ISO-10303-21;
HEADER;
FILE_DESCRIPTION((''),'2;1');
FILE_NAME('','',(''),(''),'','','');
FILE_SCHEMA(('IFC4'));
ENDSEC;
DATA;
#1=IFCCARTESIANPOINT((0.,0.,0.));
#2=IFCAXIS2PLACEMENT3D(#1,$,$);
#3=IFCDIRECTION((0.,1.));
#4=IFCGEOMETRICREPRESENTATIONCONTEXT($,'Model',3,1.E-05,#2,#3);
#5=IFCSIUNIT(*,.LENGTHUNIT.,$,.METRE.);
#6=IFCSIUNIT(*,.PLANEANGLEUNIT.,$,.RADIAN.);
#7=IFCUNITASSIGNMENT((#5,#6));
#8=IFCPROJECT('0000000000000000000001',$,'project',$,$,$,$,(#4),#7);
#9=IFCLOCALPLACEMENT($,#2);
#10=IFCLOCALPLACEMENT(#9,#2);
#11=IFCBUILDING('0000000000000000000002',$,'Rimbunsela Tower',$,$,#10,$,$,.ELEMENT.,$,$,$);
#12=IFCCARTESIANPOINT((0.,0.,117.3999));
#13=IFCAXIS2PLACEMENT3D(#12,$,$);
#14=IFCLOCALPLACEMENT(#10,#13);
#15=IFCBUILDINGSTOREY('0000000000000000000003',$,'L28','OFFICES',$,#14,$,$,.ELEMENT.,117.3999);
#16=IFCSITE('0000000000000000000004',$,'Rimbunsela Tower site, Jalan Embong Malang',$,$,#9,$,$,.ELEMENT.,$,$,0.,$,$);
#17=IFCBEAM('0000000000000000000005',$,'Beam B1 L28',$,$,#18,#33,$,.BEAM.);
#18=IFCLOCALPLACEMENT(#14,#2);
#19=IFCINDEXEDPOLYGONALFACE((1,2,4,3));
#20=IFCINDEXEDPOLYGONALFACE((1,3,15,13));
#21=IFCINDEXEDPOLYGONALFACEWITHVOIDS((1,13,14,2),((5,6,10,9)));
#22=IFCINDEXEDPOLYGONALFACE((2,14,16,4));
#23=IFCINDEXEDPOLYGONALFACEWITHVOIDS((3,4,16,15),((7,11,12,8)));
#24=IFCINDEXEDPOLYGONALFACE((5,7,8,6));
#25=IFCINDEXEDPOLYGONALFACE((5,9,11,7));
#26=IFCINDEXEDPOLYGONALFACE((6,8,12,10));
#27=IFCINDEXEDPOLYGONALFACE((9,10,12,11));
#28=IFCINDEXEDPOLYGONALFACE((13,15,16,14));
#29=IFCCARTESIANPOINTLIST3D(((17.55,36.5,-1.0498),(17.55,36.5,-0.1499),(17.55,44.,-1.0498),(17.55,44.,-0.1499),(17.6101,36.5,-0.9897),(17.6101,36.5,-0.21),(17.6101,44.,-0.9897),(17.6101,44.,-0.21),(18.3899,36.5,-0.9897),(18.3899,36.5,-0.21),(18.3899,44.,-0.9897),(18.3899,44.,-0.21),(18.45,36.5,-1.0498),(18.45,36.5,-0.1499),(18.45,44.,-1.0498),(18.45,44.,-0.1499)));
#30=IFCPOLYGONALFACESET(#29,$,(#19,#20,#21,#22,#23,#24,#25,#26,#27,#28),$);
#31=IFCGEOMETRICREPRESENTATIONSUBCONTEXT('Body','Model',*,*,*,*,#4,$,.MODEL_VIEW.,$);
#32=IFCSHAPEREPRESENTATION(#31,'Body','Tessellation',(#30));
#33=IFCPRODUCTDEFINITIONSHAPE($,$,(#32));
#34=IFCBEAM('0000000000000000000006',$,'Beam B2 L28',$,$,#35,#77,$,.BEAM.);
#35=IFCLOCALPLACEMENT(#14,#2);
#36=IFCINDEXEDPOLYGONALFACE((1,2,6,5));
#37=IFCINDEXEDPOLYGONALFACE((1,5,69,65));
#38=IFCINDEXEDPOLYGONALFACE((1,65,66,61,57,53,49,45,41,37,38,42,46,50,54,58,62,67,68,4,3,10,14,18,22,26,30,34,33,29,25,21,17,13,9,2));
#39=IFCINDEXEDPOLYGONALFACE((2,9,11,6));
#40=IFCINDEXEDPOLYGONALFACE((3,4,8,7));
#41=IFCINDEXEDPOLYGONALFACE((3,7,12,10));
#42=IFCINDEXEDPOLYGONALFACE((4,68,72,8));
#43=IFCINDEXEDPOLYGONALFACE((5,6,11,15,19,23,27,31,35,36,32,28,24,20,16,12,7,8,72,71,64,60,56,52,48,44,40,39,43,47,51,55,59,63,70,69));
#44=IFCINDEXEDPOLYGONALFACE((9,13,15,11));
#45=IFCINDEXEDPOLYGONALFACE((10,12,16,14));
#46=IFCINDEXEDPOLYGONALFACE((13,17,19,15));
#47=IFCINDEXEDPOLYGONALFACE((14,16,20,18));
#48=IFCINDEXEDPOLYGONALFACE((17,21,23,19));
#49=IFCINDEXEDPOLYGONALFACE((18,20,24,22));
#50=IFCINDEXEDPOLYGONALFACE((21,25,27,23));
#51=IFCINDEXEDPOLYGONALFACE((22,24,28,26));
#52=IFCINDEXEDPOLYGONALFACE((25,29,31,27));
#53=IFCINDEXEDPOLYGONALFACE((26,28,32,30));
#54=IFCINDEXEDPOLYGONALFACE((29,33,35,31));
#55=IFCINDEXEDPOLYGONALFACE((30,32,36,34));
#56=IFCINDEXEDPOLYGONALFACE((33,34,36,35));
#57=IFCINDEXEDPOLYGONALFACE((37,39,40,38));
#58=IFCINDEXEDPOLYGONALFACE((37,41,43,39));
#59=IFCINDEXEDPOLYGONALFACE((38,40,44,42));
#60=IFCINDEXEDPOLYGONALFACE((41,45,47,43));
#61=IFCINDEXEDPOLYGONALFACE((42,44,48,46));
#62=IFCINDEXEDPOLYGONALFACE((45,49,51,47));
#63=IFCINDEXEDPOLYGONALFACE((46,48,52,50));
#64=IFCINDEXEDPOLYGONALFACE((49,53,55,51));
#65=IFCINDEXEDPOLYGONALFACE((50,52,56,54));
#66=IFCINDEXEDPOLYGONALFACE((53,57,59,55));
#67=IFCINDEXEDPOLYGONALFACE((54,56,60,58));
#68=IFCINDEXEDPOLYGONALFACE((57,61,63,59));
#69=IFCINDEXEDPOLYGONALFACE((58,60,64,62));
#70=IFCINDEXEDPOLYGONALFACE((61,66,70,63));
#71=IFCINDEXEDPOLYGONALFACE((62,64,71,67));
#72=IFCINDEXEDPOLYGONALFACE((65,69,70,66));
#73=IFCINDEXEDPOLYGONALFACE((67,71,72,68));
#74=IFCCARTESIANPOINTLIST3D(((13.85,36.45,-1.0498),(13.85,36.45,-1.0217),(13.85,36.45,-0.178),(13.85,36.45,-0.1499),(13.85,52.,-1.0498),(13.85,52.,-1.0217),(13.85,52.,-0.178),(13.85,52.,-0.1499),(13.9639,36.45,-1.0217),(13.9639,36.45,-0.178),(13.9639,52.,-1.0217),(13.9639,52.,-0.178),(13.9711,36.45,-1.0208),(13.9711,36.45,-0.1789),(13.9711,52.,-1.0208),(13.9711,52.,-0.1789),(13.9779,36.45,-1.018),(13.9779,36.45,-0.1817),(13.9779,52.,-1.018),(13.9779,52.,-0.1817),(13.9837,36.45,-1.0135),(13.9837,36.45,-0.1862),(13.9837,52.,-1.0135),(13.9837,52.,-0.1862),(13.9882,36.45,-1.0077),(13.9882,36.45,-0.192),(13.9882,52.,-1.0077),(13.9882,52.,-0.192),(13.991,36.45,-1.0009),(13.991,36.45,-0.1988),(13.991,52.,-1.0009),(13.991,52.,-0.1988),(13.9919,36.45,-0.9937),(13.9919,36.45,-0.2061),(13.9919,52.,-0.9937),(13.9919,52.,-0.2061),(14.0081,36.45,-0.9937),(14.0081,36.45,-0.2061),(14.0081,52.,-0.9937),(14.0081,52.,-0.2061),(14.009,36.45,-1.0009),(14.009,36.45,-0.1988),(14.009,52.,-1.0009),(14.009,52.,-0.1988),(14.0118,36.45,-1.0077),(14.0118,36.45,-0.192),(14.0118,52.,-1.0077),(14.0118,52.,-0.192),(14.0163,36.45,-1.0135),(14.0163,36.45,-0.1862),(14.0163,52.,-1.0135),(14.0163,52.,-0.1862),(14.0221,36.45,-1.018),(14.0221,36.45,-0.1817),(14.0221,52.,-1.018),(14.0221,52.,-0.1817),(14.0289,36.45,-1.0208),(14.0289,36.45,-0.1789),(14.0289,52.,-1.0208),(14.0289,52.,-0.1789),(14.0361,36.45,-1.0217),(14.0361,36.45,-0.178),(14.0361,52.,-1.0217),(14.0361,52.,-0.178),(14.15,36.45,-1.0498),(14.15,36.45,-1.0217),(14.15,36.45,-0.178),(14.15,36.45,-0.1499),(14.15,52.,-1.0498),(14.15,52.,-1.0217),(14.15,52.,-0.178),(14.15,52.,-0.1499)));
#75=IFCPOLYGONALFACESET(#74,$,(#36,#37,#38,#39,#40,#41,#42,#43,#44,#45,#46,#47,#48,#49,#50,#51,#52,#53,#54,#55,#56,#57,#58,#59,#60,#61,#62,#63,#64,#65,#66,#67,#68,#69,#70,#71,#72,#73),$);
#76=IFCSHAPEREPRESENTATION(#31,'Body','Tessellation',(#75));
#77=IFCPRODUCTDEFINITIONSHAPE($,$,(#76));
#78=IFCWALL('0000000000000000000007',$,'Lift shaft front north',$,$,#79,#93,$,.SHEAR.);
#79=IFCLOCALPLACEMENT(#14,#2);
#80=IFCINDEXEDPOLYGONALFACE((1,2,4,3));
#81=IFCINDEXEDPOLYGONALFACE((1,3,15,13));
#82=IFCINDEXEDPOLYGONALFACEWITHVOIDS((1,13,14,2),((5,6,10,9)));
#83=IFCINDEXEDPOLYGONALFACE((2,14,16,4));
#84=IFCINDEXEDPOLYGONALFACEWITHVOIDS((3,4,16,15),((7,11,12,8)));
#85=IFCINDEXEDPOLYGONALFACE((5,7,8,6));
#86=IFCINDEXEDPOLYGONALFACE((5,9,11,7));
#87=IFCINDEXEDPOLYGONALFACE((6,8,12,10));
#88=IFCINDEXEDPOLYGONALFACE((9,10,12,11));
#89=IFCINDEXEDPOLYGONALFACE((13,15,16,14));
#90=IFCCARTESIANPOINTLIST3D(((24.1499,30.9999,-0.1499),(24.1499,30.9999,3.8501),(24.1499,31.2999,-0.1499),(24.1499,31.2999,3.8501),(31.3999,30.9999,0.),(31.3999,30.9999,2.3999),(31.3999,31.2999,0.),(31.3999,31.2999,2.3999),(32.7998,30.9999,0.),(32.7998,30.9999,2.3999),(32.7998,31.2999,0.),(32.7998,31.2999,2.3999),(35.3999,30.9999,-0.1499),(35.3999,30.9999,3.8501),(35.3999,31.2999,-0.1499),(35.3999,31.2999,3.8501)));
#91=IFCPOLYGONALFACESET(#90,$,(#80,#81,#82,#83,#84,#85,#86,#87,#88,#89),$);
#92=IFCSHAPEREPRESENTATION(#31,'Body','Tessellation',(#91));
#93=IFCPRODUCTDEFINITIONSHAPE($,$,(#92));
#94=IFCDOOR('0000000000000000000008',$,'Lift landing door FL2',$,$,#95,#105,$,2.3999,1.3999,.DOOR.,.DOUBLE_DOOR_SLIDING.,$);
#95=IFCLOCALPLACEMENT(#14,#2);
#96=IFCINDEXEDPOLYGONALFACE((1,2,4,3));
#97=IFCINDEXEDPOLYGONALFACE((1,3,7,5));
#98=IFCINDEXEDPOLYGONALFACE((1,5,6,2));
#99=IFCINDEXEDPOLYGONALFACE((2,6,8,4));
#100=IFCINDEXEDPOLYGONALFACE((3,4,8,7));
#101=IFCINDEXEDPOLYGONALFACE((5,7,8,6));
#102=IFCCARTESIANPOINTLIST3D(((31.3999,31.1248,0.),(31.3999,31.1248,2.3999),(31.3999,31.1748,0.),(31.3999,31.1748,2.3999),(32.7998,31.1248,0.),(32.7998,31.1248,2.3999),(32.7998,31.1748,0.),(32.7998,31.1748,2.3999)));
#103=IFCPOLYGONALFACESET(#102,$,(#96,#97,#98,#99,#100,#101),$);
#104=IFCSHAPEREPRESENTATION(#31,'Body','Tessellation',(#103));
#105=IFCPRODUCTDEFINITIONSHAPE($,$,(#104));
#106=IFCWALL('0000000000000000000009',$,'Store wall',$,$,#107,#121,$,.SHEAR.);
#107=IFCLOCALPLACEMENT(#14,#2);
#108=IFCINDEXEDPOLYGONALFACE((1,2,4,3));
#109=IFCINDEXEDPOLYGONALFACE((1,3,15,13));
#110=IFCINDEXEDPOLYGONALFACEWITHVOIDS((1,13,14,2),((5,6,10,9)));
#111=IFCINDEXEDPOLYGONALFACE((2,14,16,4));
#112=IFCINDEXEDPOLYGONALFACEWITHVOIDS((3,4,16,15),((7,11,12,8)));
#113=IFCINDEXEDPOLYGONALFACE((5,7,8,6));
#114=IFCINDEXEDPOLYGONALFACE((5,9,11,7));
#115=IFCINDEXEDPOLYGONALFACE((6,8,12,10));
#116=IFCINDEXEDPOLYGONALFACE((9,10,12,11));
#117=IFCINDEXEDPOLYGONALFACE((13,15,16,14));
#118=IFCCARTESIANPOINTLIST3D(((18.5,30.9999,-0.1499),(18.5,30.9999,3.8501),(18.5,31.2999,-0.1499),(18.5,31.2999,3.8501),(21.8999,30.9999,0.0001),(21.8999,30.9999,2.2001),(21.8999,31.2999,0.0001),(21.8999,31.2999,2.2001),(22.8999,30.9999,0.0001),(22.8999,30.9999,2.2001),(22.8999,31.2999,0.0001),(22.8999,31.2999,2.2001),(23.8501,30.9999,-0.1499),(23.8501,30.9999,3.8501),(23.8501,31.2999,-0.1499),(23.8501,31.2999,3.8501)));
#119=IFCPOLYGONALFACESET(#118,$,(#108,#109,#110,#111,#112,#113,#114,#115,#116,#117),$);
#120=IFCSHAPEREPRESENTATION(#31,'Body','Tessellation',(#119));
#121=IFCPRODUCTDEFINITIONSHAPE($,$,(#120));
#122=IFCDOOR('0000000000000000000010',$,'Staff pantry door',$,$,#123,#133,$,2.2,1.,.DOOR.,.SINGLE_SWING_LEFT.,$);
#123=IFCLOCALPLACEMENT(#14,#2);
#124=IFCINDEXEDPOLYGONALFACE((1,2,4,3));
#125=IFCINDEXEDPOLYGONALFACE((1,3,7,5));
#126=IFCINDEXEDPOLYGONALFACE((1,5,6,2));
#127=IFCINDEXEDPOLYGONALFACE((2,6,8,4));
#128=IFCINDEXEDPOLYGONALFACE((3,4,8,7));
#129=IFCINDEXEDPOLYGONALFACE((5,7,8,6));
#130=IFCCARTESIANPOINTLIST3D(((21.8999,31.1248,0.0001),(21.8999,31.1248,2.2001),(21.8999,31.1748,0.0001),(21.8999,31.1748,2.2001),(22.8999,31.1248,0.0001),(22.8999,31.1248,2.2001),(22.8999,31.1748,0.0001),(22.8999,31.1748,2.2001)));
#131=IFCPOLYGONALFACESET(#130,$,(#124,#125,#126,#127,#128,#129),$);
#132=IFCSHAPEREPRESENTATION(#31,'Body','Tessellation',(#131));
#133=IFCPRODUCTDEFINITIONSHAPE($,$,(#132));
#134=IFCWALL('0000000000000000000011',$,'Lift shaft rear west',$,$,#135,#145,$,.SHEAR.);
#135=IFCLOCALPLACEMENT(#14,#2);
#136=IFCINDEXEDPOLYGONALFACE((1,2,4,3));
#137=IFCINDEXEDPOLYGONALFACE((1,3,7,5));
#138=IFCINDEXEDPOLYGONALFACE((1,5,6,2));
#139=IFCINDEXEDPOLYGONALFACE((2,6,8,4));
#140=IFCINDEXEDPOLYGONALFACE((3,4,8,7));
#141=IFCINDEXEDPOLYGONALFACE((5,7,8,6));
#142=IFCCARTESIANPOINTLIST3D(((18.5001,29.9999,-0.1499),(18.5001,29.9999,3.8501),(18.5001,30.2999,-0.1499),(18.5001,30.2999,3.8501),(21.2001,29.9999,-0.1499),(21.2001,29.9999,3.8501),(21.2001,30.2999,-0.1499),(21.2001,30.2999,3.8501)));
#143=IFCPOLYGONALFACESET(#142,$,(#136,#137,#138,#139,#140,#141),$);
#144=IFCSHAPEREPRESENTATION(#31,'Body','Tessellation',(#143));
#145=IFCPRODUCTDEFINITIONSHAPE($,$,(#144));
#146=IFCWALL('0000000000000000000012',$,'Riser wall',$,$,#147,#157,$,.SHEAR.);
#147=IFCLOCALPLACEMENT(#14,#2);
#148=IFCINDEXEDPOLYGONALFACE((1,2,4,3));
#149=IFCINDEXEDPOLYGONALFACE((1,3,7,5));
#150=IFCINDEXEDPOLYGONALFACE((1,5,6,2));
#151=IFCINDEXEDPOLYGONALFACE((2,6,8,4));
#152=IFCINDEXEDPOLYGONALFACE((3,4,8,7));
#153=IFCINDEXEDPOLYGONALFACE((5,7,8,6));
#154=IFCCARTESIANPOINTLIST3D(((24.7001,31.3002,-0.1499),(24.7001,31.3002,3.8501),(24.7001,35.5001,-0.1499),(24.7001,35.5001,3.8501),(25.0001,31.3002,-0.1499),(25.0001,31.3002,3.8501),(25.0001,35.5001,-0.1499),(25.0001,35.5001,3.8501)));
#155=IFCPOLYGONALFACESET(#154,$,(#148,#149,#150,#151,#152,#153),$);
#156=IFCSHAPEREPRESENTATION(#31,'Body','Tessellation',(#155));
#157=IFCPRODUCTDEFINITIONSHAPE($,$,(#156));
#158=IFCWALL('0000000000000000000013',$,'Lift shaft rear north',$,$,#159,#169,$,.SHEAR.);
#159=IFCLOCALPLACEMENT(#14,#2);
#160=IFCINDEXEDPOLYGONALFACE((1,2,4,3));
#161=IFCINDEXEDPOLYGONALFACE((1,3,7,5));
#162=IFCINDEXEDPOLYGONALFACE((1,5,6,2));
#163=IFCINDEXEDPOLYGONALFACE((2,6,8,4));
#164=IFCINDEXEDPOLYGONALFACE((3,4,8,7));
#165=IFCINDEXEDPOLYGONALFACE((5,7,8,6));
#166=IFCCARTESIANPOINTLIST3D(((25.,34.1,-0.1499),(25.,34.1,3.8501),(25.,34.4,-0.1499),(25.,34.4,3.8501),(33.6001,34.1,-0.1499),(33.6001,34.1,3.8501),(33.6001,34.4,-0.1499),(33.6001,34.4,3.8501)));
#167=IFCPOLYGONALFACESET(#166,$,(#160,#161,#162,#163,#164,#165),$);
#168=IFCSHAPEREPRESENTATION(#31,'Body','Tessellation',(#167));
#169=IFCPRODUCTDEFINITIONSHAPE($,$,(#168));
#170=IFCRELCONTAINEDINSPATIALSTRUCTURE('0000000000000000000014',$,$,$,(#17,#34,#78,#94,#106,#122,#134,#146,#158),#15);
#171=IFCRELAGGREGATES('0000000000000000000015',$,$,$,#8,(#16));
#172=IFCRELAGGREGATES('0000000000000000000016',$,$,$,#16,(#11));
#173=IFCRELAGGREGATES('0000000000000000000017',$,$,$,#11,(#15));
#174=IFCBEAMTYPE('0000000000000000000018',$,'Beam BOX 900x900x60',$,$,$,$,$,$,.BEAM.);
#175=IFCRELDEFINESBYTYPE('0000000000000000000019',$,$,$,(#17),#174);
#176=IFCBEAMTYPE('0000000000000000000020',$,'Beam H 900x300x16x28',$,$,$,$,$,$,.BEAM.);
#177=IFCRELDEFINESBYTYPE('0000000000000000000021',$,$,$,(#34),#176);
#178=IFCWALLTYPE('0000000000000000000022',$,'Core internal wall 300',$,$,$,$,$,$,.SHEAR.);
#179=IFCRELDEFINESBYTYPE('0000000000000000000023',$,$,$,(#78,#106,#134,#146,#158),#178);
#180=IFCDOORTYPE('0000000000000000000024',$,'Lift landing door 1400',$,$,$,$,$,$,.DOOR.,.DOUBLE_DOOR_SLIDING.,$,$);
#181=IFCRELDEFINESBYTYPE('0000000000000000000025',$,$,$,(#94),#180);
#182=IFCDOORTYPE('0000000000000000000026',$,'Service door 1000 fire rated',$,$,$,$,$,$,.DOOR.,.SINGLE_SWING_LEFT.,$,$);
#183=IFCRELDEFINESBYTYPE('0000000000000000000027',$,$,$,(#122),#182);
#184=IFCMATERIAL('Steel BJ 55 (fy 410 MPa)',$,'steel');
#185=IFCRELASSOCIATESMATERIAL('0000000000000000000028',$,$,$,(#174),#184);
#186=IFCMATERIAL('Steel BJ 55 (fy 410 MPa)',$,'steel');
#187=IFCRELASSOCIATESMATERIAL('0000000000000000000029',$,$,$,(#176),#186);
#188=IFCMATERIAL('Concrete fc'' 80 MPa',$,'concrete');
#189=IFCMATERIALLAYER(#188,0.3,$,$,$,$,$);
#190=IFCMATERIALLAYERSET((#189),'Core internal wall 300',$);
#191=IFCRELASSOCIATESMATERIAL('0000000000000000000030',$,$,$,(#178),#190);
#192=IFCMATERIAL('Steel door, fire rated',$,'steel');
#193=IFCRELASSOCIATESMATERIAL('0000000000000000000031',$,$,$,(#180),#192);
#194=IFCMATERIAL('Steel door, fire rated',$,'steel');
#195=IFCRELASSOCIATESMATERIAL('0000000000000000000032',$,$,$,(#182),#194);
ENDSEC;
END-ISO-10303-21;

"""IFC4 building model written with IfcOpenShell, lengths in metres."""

from ifc_helpers import new_model, si_unit, direction, frame, frame_2d, origin, origin_2d, place, context, subcontext, project, spatial, rectangle, hollow_rectangle, i_section, extrude, material, layer, layer_set, material_profile, profile_set, type_object, element, fill, save


model = new_model("IFC4")

# Units and contexts
model_context = context("Model", 3, precision=1e-05, world=origin(), true_north=direction((0.0, 1.0)))
body_context = subcontext(model_context, "Body", "Model", "MODEL_VIEW")
ifc_project = project(units=[si_unit("LENGTHUNIT", "METRE"), si_unit("PLANEANGLEUNIT", "RADIAN")], contexts=[model_context])

# Site, building, storey
site_placement = place(None, origin())
site = spatial("IfcSite", under=ifc_project, at=site_placement, Name="Rimbunsela Tower site, Jalan Embong Malang", CompositionType="ELEMENT", RefElevation=0.0)
building_placement = place(site_placement, origin())
building = spatial("IfcBuilding", under=site, at=building_placement, Name="Rimbunsela Tower", CompositionType="ELEMENT")
storey_placement = place(building_placement, frame((0.0, 0.0, 117.3999)))
storey = spatial("IfcBuildingStorey", under=building, at=storey_placement, Name="L28", Description="OFFICES", CompositionType="ELEMENT", Elevation=117.3999)

# Beams
ifc_material_1 = material(Name="Steel BJ 55 (fy 410 MPa)", Category="steel")
ifc_material_profile_1 = material_profile(ifc_material_1, hollow_rectangle(XDim=0.8999, YDim=0.8999, WallThickness=0.0601, at=origin_2d()), Name="BOX 900x900x60")
ifc_profile_set_1 = profile_set([ifc_material_profile_1], Name="Steel BJ 55 (fy 410 MPa)")
beam_type_1 = type_object("IfcBeamType", Name="Beam BOX 900x900x60", PredefinedType="BEAM", material=ifc_profile_set_1)
beam_1_placement = place(storey_placement, frame((18.0, 36.5, -0.5999), z_axis=(0.0, 1.0, 0.0), x_axis=(-1.0, 0.0, 0.0)))
element("IfcBeam", 1, at=beam_1_placement, inside=storey, type_object=beam_type_1, Name="Beam B1 L28", PredefinedType="BEAM", context=body_context, shape_type="SweptSolid", body=[
    extrude(hollow_rectangle(XDim=0.8999, YDim=0.8999, WallThickness=0.0601, at=origin_2d()), origin(), (0.0, 0.0, 1.0), 7.5),
])
ifc_material_2 = material(Name="Steel BJ 55 (fy 410 MPa)", Category="steel")
ifc_material_profile_2 = material_profile(ifc_material_2, i_section(OverallWidth=0.3, OverallDepth=0.8999, WebThickness=0.0161, FlangeThickness=0.0281, FilletRadius=0.0281, at=origin_2d()), Name="H 900x300x16x28")
ifc_profile_set_2 = profile_set([ifc_material_profile_2], Name="Steel BJ 55 (fy 410 MPa)")
beam_type_2 = type_object("IfcBeamType", Name="Beam H 900x300x16x28", PredefinedType="BEAM", material=ifc_profile_set_2)
beam_2_placement = place(storey_placement, frame((14.0, 36.45, -0.5999), z_axis=(0.0, 1.0, 0.0), x_axis=(-1.0, 0.0, 0.0)))
element("IfcBeam", 2, at=beam_2_placement, inside=storey, type_object=beam_type_2, Name="Beam B2 L28", PredefinedType="BEAM", context=body_context, shape_type="SweptSolid", body=[
    extrude(i_section(OverallWidth=0.3, OverallDepth=0.8999, WebThickness=0.0161, FlangeThickness=0.0281, FilletRadius=0.0281, at=origin_2d()), origin(), (0.0, 0.0, 1.0), 15.55),
])

# Walls, openings, doors
ifc_material_3 = material(Name="Concrete fc' 80 MPa", Category="concrete")
ifc_layer_1 = layer(ifc_material_3, 0.3)
ifc_layer_set_1 = layer_set([ifc_layer_1], Name="Core internal wall 300")
wall_type_1 = type_object("IfcWallType", Name="Core internal wall 300", PredefinedType="SHEAR", material=ifc_layer_set_1)
wall_1_placement = place(storey_placement, frame((24.1499, 31.1499, -0.1499), z_axis=(0.0, 0.0, 1.0), x_axis=(1.0, 0.0, 0.0)))
wall_1 = element("IfcWall", 3, at=wall_1_placement, inside=storey, type_object=wall_type_1, Name="Lift shaft front north", PredefinedType="SHEAR", context=body_context, shape_type="SweptSolid", body=[
    extrude(rectangle(XDim=11.25, YDim=0.3, at=frame_2d((5.625, 0.0))), origin(), (0.0, 0.0, 1.0), 4.0),
])
opening_1_placement = place(wall_1_placement, frame((7.25, 0.0, 0.1499)))
opening_1 = element("IfcOpeningElement", 4, at=opening_1_placement, cuts=wall_1, PredefinedType="OPENING", context=body_context, shape_type="SweptSolid", body=[
    extrude(rectangle(XDim=1.3999, YDim=2.3999, at=frame_2d((0.7, 1.2))), frame((0.0, 0.1599, 0.0), z_axis=(0.0, -1.0, 0.0), x_axis=(1.0, 0.0, 0.0)), (0.0, 0.0, 1.0), 0.3201),
])
ifc_material_4 = material(Name="Steel door, fire rated", Category="steel")
door_type_1 = type_object("IfcDoorType", Name="Lift landing door 1400", OperationType="DOUBLE_DOOR_SLIDING", PredefinedType="DOOR", material=ifc_material_4)
door_1_placement = place(opening_1_placement, origin())
door_1 = element("IfcDoor", 5, at=door_1_placement, inside=storey, type_object=door_type_1, Name="Lift landing door FL2", OperationType="DOUBLE_DOOR_SLIDING", OverallHeight=2.3999, OverallWidth=1.3999, PredefinedType="DOOR", context=body_context, shape_type="SweptSolid", body=[
    extrude(rectangle(XDim=1.3999, YDim=2.3999, at=frame_2d((0.7, 1.2))), frame((0.0, 0.0249, 0.0), z_axis=(0.0, -1.0, 0.0), x_axis=(1.0, 0.0, 0.0)), (0.0, 0.0, 1.0), 0.05),
])
fill(opening_1, door_1)
wall_2_placement = place(storey_placement, frame((18.5, 31.1499, -0.1499), z_axis=(0.0, 0.0, 1.0), x_axis=(1.0, 0.0, 0.0)))
wall_2 = element("IfcWall", 6, at=wall_2_placement, inside=storey, type_object=wall_type_1, Name="Store wall", PredefinedType="SHEAR", context=body_context, shape_type="SweptSolid", body=[
    extrude(rectangle(XDim=5.3501, YDim=0.3, at=frame_2d((2.675, 0.0))), origin(), (0.0, 0.0, 1.0), 4.0),
])
opening_2_placement = place(wall_2_placement, frame((3.3999, 0.0, 0.1499)))
opening_2 = element("IfcOpeningElement", 7, at=opening_2_placement, cuts=wall_2, PredefinedType="OPENING", context=body_context, shape_type="SweptSolid", body=[
    extrude(rectangle(XDim=1.0, YDim=2.2, at=frame_2d((0.5, 1.1001))), frame((0.0, 0.1599, 0.0), z_axis=(0.0, -1.0, 0.0), x_axis=(1.0, 0.0, 0.0)), (0.0, 0.0, 1.0), 0.3201),
])
ifc_material_5 = material(Name="Steel door, fire rated", Category="steel")
door_type_2 = type_object("IfcDoorType", Name="Service door 1000 fire rated", OperationType="SINGLE_SWING_LEFT", PredefinedType="DOOR", material=ifc_material_5)
door_2_placement = place(opening_2_placement, origin())
door_2 = element("IfcDoor", 8, at=door_2_placement, inside=storey, type_object=door_type_2, Name="Staff pantry door", OperationType="SINGLE_SWING_LEFT", OverallHeight=2.2, OverallWidth=1.0, PredefinedType="DOOR", context=body_context, shape_type="SweptSolid", body=[
    extrude(rectangle(XDim=1.0, YDim=2.2, at=frame_2d((0.5, 1.1001))), frame((0.0, 0.0249, 0.0), z_axis=(0.0, -1.0, 0.0), x_axis=(1.0, 0.0, 0.0)), (0.0, 0.0, 1.0), 0.05),
])
fill(opening_2, door_2)

# Walls
wall_3_placement = place(storey_placement, frame((18.5, 30.1499, -0.1499), z_axis=(0.0, 0.0, 1.0), x_axis=(1.0, 0.0, 0.0)))
element("IfcWall", 9, at=wall_3_placement, inside=storey, type_object=wall_type_1, Name="Lift shaft rear west", PredefinedType="SHEAR", context=body_context, shape_type="SweptSolid", body=[
    extrude(rectangle(XDim=2.7, YDim=0.3, at=frame_2d((1.3501, 0.0))), origin(), (0.0, 0.0, 1.0), 4.0),
])
wall_4_placement = place(storey_placement, frame((24.8501, 31.3, -0.1499), z_axis=(0.0, 0.0, 1.0), x_axis=(0.0, 1.0, 0.0)))
element("IfcWall", 10, at=wall_4_placement, inside=storey, type_object=wall_type_1, Name="Riser wall", PredefinedType="SHEAR", context=body_context, shape_type="SweptSolid", body=[
    extrude(rectangle(XDim=4.2, YDim=0.3, at=frame_2d((2.1001, 0.0))), origin(), (0.0, 0.0, 1.0), 4.0),
])
wall_5_placement = place(storey_placement, frame((25.0, 34.25, -0.1499), z_axis=(0.0, 0.0, 1.0), x_axis=(1.0, 0.0, 0.0)))
element("IfcWall", 11, at=wall_5_placement, inside=storey, type_object=wall_type_1, Name="Lift shaft rear north", PredefinedType="SHEAR", context=body_context, shape_type="SweptSolid", body=[
    extrude(rectangle(XDim=8.6001, YDim=0.3, at=frame_2d((4.3, 0.0))), origin(), (0.0, 0.0, 1.0), 4.0),
])

save(model, "model.ifc")
